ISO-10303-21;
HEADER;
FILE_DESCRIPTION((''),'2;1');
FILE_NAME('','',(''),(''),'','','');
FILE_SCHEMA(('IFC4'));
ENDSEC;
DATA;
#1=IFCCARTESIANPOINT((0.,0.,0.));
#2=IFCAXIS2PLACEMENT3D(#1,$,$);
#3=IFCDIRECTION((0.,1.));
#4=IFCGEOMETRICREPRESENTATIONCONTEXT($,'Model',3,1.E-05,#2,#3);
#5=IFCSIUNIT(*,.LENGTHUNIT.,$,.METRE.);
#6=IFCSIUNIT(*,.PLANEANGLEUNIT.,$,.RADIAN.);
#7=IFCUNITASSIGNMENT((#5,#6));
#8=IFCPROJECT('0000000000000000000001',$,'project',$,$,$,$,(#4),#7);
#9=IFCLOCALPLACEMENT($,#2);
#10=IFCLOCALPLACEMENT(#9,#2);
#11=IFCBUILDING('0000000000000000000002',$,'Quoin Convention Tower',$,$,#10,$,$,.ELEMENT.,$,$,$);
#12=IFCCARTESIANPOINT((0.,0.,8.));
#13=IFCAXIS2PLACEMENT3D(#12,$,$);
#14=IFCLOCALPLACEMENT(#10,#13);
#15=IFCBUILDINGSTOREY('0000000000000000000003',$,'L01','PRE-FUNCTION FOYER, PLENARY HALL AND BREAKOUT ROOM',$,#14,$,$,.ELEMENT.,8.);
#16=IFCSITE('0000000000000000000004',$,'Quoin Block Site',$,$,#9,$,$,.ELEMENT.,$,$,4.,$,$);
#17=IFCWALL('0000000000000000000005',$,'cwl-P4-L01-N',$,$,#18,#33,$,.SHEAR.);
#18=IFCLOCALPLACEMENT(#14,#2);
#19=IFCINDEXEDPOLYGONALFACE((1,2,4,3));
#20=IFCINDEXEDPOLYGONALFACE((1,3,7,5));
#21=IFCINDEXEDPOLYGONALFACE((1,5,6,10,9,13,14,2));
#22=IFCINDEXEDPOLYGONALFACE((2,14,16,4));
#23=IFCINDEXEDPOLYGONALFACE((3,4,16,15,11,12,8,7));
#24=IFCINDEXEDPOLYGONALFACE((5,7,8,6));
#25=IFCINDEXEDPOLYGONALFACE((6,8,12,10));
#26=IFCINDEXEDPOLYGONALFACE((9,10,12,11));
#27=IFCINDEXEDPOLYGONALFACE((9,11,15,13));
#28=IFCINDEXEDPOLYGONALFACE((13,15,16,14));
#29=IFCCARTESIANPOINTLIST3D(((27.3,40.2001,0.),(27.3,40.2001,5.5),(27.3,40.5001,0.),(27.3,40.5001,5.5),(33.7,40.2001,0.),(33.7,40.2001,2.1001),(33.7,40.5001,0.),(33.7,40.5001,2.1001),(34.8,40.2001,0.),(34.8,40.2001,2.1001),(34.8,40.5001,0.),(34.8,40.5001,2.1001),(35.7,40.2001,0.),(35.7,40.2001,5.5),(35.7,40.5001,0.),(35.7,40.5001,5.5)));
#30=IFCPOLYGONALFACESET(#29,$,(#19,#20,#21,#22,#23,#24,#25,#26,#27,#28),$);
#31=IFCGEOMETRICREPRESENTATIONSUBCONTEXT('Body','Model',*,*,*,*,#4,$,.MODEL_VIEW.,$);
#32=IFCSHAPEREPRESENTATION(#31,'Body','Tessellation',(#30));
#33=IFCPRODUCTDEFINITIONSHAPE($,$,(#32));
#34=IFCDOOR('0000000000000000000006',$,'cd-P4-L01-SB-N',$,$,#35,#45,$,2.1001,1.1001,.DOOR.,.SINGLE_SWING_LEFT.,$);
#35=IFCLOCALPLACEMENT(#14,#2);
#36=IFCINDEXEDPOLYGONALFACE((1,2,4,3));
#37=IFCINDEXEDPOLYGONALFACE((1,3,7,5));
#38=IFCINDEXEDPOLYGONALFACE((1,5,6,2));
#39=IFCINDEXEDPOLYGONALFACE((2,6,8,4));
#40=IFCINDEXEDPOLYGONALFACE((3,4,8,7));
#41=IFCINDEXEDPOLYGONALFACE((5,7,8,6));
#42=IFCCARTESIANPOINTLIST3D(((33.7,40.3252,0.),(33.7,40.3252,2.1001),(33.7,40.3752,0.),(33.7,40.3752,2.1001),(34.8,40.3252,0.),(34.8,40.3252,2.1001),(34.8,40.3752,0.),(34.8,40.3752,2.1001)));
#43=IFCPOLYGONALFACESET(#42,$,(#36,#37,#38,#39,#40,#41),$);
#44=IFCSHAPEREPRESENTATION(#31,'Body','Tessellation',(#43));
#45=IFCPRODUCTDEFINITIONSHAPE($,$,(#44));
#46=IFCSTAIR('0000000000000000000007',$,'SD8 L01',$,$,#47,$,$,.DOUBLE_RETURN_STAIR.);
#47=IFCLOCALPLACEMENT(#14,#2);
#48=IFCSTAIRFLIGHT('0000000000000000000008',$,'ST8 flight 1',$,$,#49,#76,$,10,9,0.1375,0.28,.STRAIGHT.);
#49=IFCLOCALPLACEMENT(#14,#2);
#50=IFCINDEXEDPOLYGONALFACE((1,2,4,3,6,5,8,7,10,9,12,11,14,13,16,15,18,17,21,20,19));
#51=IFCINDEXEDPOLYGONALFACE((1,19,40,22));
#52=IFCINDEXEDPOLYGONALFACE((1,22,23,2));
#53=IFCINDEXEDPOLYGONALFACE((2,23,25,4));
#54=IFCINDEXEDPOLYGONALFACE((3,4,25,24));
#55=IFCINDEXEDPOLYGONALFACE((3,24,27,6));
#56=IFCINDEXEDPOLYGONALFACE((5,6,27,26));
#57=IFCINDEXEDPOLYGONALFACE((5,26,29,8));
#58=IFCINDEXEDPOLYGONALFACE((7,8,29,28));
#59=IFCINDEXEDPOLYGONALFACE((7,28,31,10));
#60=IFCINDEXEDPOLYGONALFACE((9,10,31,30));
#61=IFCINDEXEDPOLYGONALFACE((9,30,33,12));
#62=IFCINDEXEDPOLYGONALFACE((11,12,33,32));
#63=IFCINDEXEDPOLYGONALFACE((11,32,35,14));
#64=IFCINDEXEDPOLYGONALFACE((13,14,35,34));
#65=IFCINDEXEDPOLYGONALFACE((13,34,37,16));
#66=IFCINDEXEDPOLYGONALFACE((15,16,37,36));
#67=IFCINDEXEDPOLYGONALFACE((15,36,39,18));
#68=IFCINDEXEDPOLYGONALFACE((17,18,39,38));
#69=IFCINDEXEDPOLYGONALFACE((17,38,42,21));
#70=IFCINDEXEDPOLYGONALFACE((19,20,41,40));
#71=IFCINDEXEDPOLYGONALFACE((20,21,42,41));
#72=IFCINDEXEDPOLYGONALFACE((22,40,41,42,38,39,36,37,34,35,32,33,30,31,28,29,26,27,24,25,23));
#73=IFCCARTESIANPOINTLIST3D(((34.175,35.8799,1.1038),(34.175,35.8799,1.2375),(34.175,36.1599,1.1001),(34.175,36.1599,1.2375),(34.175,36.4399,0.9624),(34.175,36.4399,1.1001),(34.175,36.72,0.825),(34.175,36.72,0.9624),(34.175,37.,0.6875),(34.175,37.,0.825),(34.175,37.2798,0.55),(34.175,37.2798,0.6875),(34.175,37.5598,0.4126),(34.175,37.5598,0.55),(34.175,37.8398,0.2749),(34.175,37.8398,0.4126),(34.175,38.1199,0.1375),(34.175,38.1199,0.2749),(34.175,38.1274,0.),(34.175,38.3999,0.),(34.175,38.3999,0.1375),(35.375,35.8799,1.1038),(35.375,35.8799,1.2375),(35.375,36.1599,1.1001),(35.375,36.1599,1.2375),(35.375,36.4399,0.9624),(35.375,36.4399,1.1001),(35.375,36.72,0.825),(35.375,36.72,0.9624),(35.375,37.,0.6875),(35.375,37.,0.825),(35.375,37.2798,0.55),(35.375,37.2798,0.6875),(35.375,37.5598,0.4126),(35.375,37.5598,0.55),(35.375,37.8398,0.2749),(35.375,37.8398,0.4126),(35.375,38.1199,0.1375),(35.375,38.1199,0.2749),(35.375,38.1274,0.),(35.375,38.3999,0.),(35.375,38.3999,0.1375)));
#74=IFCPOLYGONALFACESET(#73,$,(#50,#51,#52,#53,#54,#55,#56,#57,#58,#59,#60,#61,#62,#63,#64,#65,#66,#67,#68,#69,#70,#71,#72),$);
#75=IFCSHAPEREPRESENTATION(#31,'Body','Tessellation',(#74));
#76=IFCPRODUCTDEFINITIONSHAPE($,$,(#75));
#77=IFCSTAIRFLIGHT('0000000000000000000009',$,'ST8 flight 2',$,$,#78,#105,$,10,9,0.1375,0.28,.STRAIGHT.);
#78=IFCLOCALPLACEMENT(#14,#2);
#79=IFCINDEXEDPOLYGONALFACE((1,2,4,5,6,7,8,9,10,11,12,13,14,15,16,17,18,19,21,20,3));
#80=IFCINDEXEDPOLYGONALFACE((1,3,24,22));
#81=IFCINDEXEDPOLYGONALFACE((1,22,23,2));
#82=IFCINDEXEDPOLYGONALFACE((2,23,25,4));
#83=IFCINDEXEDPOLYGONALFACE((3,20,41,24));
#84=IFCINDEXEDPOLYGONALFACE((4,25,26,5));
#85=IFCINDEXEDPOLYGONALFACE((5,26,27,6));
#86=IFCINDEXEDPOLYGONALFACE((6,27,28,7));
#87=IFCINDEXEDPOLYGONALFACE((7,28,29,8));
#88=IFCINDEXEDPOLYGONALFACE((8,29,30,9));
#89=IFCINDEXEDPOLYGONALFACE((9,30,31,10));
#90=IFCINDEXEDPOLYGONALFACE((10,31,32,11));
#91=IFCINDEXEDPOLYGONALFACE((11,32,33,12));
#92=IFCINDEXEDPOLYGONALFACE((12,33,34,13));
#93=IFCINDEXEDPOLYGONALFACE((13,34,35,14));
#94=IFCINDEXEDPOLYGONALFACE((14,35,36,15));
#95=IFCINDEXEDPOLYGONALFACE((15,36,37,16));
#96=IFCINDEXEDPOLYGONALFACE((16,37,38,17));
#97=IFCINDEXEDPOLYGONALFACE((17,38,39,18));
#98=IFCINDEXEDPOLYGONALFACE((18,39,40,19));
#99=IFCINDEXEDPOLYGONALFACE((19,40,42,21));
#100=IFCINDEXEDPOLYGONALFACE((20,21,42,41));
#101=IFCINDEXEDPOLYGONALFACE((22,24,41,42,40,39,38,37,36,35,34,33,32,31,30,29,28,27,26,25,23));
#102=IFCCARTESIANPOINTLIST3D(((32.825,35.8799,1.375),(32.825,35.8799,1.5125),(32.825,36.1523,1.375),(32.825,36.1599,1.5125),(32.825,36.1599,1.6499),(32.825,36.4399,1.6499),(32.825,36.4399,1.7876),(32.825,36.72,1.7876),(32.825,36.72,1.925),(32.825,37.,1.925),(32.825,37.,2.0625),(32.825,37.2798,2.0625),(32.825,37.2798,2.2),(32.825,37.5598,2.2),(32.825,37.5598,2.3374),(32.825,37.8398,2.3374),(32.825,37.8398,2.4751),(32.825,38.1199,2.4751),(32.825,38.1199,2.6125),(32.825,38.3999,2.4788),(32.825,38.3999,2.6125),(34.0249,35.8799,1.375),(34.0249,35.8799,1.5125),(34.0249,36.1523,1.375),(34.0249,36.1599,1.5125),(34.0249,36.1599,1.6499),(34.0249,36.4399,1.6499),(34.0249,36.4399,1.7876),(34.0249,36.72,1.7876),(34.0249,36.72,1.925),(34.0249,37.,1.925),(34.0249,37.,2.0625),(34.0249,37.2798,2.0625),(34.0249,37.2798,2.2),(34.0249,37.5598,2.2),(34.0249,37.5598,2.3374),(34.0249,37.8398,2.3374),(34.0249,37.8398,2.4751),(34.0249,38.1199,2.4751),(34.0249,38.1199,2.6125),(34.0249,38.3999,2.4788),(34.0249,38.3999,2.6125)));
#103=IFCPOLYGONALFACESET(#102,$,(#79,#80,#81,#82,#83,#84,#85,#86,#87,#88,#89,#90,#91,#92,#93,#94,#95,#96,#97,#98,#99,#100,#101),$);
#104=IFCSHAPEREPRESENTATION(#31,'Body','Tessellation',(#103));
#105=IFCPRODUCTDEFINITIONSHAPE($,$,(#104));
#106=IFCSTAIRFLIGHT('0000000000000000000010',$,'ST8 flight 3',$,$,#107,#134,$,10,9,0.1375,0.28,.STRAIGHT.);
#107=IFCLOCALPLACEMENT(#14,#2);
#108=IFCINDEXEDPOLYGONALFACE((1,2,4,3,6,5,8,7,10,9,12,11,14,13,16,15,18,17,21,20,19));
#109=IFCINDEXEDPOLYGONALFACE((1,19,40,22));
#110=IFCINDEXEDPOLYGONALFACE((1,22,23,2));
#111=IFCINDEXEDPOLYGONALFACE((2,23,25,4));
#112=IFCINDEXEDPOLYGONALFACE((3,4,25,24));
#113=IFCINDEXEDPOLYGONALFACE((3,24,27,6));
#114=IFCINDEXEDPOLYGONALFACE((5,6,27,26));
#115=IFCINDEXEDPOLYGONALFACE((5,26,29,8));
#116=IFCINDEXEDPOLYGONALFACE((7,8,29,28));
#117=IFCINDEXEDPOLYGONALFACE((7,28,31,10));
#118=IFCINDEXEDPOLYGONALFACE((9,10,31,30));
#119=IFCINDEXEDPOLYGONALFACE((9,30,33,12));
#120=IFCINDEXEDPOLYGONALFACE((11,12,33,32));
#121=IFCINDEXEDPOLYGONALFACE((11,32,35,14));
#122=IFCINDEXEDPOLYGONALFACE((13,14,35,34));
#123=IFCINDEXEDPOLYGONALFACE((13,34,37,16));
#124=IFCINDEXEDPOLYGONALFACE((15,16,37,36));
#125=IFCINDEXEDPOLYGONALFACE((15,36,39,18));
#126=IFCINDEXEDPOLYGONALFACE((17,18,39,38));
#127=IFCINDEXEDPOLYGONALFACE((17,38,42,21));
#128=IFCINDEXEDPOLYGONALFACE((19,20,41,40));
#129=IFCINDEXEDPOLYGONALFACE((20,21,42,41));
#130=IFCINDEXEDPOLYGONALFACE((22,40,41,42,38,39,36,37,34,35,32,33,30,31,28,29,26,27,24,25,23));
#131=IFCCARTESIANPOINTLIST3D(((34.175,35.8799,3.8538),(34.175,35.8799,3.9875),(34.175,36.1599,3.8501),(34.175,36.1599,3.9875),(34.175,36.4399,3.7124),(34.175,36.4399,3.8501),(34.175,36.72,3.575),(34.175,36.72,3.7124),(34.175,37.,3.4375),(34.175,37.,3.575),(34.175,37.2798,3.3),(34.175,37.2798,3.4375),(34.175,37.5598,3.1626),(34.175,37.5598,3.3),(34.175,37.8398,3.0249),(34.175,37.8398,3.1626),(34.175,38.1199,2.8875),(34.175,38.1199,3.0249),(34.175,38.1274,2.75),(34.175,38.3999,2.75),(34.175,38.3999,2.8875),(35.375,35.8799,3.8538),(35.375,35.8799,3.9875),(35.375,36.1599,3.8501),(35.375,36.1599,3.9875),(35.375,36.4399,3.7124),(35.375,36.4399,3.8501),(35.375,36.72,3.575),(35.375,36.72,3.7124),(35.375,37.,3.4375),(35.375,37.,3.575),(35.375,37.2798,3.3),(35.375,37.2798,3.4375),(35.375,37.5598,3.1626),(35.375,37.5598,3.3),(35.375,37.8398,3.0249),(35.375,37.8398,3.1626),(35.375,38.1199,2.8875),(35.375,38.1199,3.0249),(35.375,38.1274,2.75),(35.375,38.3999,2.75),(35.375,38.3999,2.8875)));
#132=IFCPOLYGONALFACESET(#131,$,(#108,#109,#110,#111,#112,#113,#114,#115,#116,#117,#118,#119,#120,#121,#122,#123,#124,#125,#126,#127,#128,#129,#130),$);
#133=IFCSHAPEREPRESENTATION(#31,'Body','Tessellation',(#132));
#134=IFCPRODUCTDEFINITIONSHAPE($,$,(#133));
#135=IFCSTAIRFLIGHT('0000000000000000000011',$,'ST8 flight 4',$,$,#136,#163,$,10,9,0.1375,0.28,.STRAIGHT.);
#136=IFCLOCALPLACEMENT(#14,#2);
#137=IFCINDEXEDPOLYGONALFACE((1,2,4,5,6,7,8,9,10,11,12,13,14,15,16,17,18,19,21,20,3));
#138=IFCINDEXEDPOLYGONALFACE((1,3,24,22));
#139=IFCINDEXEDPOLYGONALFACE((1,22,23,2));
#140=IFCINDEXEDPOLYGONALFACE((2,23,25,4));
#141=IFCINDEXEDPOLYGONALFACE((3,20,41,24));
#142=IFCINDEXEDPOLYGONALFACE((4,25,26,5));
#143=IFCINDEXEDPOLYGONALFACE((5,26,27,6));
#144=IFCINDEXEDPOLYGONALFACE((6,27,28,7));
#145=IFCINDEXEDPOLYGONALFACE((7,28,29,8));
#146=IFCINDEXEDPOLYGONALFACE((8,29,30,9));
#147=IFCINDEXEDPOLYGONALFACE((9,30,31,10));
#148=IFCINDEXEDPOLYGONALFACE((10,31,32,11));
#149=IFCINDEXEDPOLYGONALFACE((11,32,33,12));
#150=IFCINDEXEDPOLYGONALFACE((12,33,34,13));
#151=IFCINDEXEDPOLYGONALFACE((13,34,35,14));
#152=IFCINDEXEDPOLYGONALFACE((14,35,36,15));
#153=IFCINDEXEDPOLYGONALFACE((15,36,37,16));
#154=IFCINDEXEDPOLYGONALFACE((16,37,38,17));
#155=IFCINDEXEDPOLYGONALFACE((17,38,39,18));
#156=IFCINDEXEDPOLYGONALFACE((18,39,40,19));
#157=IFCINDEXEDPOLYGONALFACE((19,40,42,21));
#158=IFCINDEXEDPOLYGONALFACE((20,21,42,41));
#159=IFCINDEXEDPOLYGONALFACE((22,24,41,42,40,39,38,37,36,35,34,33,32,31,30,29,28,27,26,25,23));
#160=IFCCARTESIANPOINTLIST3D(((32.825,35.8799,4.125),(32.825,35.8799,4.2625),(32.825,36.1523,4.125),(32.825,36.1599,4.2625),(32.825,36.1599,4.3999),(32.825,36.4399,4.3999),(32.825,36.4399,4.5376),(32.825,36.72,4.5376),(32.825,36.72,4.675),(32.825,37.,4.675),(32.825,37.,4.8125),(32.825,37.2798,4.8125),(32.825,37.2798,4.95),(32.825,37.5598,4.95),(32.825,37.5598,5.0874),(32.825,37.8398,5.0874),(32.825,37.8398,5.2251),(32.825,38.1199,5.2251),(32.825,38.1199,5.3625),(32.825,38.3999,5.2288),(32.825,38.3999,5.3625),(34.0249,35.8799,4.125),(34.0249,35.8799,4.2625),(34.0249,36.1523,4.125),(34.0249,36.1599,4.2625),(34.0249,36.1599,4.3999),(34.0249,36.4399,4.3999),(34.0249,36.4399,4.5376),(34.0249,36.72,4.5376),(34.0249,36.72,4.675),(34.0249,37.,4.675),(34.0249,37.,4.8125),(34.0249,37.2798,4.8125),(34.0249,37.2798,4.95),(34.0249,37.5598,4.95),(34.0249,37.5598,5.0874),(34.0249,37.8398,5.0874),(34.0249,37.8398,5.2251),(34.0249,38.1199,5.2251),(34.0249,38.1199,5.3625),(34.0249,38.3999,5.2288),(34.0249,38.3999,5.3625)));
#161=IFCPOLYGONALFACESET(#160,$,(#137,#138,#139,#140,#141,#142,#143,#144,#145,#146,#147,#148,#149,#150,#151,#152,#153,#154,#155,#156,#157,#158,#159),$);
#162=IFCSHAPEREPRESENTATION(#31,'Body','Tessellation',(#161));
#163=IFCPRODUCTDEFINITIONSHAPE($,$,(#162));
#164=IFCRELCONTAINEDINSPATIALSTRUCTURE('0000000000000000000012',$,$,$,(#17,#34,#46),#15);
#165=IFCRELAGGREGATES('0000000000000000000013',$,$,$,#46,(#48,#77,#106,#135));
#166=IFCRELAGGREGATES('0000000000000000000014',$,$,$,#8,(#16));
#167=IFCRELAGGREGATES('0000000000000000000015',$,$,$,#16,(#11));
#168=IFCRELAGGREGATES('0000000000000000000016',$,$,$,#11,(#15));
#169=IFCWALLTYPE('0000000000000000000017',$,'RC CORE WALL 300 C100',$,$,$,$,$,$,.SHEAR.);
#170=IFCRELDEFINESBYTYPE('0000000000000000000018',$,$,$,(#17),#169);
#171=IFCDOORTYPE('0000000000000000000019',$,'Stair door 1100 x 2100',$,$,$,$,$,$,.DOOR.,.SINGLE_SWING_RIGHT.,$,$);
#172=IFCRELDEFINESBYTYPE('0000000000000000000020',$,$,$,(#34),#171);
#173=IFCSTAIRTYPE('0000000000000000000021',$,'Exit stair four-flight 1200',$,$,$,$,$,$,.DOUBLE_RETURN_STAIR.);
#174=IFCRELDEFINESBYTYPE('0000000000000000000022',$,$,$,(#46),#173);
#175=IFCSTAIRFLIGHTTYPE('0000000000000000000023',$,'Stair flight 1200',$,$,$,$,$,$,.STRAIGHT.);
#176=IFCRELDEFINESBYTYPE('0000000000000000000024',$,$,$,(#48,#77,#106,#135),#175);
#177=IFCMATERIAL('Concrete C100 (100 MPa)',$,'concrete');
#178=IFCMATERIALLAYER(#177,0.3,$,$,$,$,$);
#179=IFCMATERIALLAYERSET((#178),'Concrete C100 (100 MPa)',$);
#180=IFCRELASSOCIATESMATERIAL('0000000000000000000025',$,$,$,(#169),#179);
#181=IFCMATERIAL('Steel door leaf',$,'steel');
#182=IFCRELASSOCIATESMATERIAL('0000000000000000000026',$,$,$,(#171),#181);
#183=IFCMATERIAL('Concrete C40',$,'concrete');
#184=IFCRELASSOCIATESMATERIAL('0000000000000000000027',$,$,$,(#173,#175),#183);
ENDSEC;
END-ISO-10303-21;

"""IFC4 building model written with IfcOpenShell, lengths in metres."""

from ifc_helpers import new_model, si_unit, direction, frame, frame_2d, origin, place, context, subcontext, project, spatial, polyline, rectangle, outline, extrude, material, layer, layer_set, type_object, element, fill, aggregate, save


model = new_model("IFC4")

# Units and contexts
model_context = context("Model", 3, precision=1e-05, world=origin(), true_north=direction((0.0, 1.0)))
body_context = subcontext(model_context, "Body", "Model", "MODEL_VIEW")
ifc_project = project(units=[si_unit("LENGTHUNIT", "METRE"), si_unit("PLANEANGLEUNIT", "RADIAN")], contexts=[model_context])

# Site, building, storey
site_placement = place(None, origin())
site = spatial("IfcSite", under=ifc_project, at=site_placement, Name="Quoin Block Site", CompositionType="ELEMENT", RefElevation=4.0)
building_placement = place(site_placement, origin())
building = spatial("IfcBuilding", under=site, at=building_placement, Name="Quoin Convention Tower", CompositionType="ELEMENT")
storey_placement = place(building_placement, frame((0.0, 0.0, 8.0)))
storey = spatial("IfcBuildingStorey", under=building, at=storey_placement, Name="L01", Description="PRE-FUNCTION FOYER, PLENARY HALL AND BREAKOUT ROOM", CompositionType="ELEMENT", Elevation=8.0)

# Shared definitions
ifc_material_1 = material(Name="Concrete C100 (100 MPa)", Category="concrete")

# Shared definitions
ifc_layer_1 = layer(ifc_material_1, 0.3)
ifc_layer_set_1 = layer_set([ifc_layer_1], Name="Concrete C100 (100 MPa)")
wall_type_1 = type_object("IfcWallType", Name="RC CORE WALL 300 C100", PredefinedType="SHEAR", material=ifc_layer_set_1)
ifc_material_2 = material(Name="Steel door leaf", Category="steel")
door_type_1 = type_object("IfcDoorType", Name="Stair door 1100 x 2100", OperationType="SINGLE_SWING_RIGHT", PredefinedType="DOOR", material=ifc_material_2)

# Wall, opening, door
wall_1_placement = place(storey_placement, frame((27.3, 40.3501, 0.0), z_axis=(0.0, 0.0, 1.0), x_axis=(1.0, 0.0, 0.0)))
wall_1 = element("IfcWall", 1, at=wall_1_placement, inside=storey, type_object=wall_type_1, Name="cwl-P4-L01-N", PredefinedType="SHEAR", context=body_context, shape_type="SweptSolid", body=[
    extrude(rectangle(XDim=8.3999, YDim=0.3, at=frame_2d((4.2, 0.0))), origin(), (0.0, 0.0, 1.0), 5.5),
])
opening_1_placement = place(wall_1_placement, frame((6.3999, 0.0, 0.0)))
opening_1 = element("IfcOpeningElement", 2, at=opening_1_placement, cuts=wall_1, PredefinedType="OPENING", context=body_context, shape_type="SweptSolid", body=[
    extrude(rectangle(XDim=1.1001, YDim=2.1001, at=frame_2d((0.55, 1.05))), frame((0.0, 0.1599, 0.0), z_axis=(0.0, -1.0, 0.0), x_axis=(1.0, 0.0, 0.0)), (0.0, 0.0, 1.0), 0.3201),
])
door_1_placement = place(opening_1_placement, frame((1.1001, 0.0, 0.0), z_axis=(0.0, 0.0, 1.0), x_axis=(-1.0, 0.0, 0.0)))
door_1 = element("IfcDoor", 3, at=door_1_placement, inside=storey, type_object=door_type_1, Name="cd-P4-L01-SB-N", OperationType="SINGLE_SWING_LEFT", OverallHeight=2.1001, OverallWidth=1.1001, PredefinedType="DOOR", context=body_context, shape_type="SweptSolid", body=[
    extrude(rectangle(XDim=1.1001, YDim=2.1001, at=frame_2d((0.55, 1.05))), frame((0.0, 0.0249, 0.0), z_axis=(0.0, -1.0, 0.0), x_axis=(1.0, 0.0, 0.0)), (0.0, 0.0, 1.0), 0.05),
])
fill(opening_1, door_1)

# Stair, stair flights
ifc_material_3 = material(Name="Concrete C40", Category="concrete")
stair_type = type_object("IfcStairType", Name="Exit stair four-flight 1200", PredefinedType="DOUBLE_RETURN_STAIR", material=ifc_material_3)
stair_placement = place(storey_placement, origin())
stair = element("IfcStair", 4, at=stair_placement, inside=storey, type_object=stair_type, Name="SD8 L01", PredefinedType="DOUBLE_RETURN_STAIR")
stair_flight_type = type_object("IfcStairFlightType", Name="Stair flight 1200", PredefinedType="STRAIGHT", material=ifc_material_3)
stair_flight_1_placement = place(storey_placement, frame((34.7749, 38.3999, 0.0), z_axis=(0.0, 0.0, 1.0), x_axis=(0.0, -1.0, 0.0)))
stair_flight_1 = element("IfcStairFlight", 5, at=stair_flight_1_placement, type_object=stair_flight_type, Name="ST8 flight 1", NumberOfRisers=10, NumberOfTreads=9, PredefinedType="STRAIGHT", RiserHeight=0.1375, TreadLength=0.28, context=body_context, shape_type="SweptSolid", body=[
    extrude(outline(polyline([(0.0, 0.0), (0.0, 0.1375), (0.28, 0.1375), (0.28, 0.2749), (0.5601, 0.2749), (0.5601, 0.4126), (0.8401, 0.4126), (0.8401, 0.55), (1.1201, 0.55), (1.1201, 0.6875), (1.3999, 0.6875), (1.3999, 0.825), (1.6799, 0.825), (1.6799, 0.9624), (1.96, 0.9624), (1.96, 1.1001), (2.24, 1.1001), (2.24, 1.2375), (2.52, 1.2375), (2.52, 1.375), (2.52, 1.1038), (0.2725, 0.0), (0.0, 0.0)])), frame((0.0, 0.6001, 0.0), z_axis=(0.0, -1.0, 0.0), x_axis=(1.0, 0.0, 0.0)), (0.0, 0.0, 1.0), 1.2),
])
stair_flight_2_placement = place(storey_placement, frame((33.425, 35.8799, 1.375), z_axis=(0.0, 0.0, 1.0), x_axis=(0.0, 1.0, 0.0)))
stair_flight_2 = element("IfcStairFlight", 6, at=stair_flight_2_placement, type_object=stair_flight_type, Name="ST8 flight 2", NumberOfRisers=10, NumberOfTreads=9, PredefinedType="STRAIGHT", RiserHeight=0.1375, TreadLength=0.28, context=body_context, shape_type="SweptSolid", body=[
    extrude(outline(polyline([(0.0, 0.0), (0.0, 0.1375), (0.28, 0.1375), (0.28, 0.2749), (0.5601, 0.2749), (0.5601, 0.4126), (0.8401, 0.4126), (0.8401, 0.55), (1.1201, 0.55), (1.1201, 0.6875), (1.3999, 0.6875), (1.3999, 0.825), (1.6799, 0.825), (1.6799, 0.9624), (1.96, 0.9624), (1.96, 1.1001), (2.24, 1.1001), (2.24, 1.2375), (2.52, 1.2375), (2.52, 1.375), (2.52, 1.1038), (0.2725, 0.0), (0.0, 0.0)])), frame((0.0, 0.6001, 0.0), z_axis=(0.0, -1.0, 0.0), x_axis=(1.0, 0.0, 0.0)), (0.0, 0.0, 1.0), 1.2),
])
stair_flight_3_placement = place(storey_placement, frame((34.7749, 38.3999, 2.75), z_axis=(0.0, 0.0, 1.0), x_axis=(0.0, -1.0, 0.0)))
stair_flight_3 = element("IfcStairFlight", 7, at=stair_flight_3_placement, type_object=stair_flight_type, Name="ST8 flight 3", NumberOfRisers=10, NumberOfTreads=9, PredefinedType="STRAIGHT", RiserHeight=0.1375, TreadLength=0.28, context=body_context, shape_type="SweptSolid", body=[
    extrude(outline(polyline([(0.0, 0.0), (0.0, 0.1375), (0.28, 0.1375), (0.28, 0.2749), (0.5601, 0.2749), (0.5601, 0.4126), (0.8401, 0.4126), (0.8401, 0.55), (1.1201, 0.55), (1.1201, 0.6875), (1.3999, 0.6875), (1.3999, 0.825), (1.6799, 0.825), (1.6799, 0.9624), (1.96, 0.9624), (1.96, 1.1001), (2.24, 1.1001), (2.24, 1.2375), (2.52, 1.2375), (2.52, 1.375), (2.52, 1.1038), (0.2725, 0.0), (0.0, 0.0)])), frame((0.0, 0.6001, 0.0), z_axis=(0.0, -1.0, 0.0), x_axis=(1.0, 0.0, 0.0)), (0.0, 0.0, 1.0), 1.2),
])
stair_flight_4_placement = place(storey_placement, frame((33.425, 35.8799, 4.125), z_axis=(0.0, 0.0, 1.0), x_axis=(0.0, 1.0, 0.0)))
stair_flight_4 = element("IfcStairFlight", 8, at=stair_flight_4_placement, type_object=stair_flight_type, Name="ST8 flight 4", NumberOfRisers=10, NumberOfTreads=9, PredefinedType="STRAIGHT", RiserHeight=0.1375, TreadLength=0.28, context=body_context, shape_type="SweptSolid", body=[
    extrude(outline(polyline([(0.0, 0.0), (0.0, 0.1375), (0.28, 0.1375), (0.28, 0.2749), (0.5601, 0.2749), (0.5601, 0.4126), (0.8401, 0.4126), (0.8401, 0.55), (1.1201, 0.55), (1.1201, 0.6875), (1.3999, 0.6875), (1.3999, 0.825), (1.6799, 0.825), (1.6799, 0.9624), (1.96, 0.9624), (1.96, 1.1001), (2.24, 1.1001), (2.24, 1.2375), (2.52, 1.2375), (2.52, 1.375), (2.52, 1.1038), (0.2725, 0.0), (0.0, 0.0)])), frame((0.0, 0.6001, 0.0), z_axis=(0.0, -1.0, 0.0), x_axis=(1.0, 0.0, 0.0)), (0.0, 0.0, 1.0), 1.2),
])
aggregate(stair, [stair_flight_1, stair_flight_2, stair_flight_3, stair_flight_4])

save(model, "model.ifc")
